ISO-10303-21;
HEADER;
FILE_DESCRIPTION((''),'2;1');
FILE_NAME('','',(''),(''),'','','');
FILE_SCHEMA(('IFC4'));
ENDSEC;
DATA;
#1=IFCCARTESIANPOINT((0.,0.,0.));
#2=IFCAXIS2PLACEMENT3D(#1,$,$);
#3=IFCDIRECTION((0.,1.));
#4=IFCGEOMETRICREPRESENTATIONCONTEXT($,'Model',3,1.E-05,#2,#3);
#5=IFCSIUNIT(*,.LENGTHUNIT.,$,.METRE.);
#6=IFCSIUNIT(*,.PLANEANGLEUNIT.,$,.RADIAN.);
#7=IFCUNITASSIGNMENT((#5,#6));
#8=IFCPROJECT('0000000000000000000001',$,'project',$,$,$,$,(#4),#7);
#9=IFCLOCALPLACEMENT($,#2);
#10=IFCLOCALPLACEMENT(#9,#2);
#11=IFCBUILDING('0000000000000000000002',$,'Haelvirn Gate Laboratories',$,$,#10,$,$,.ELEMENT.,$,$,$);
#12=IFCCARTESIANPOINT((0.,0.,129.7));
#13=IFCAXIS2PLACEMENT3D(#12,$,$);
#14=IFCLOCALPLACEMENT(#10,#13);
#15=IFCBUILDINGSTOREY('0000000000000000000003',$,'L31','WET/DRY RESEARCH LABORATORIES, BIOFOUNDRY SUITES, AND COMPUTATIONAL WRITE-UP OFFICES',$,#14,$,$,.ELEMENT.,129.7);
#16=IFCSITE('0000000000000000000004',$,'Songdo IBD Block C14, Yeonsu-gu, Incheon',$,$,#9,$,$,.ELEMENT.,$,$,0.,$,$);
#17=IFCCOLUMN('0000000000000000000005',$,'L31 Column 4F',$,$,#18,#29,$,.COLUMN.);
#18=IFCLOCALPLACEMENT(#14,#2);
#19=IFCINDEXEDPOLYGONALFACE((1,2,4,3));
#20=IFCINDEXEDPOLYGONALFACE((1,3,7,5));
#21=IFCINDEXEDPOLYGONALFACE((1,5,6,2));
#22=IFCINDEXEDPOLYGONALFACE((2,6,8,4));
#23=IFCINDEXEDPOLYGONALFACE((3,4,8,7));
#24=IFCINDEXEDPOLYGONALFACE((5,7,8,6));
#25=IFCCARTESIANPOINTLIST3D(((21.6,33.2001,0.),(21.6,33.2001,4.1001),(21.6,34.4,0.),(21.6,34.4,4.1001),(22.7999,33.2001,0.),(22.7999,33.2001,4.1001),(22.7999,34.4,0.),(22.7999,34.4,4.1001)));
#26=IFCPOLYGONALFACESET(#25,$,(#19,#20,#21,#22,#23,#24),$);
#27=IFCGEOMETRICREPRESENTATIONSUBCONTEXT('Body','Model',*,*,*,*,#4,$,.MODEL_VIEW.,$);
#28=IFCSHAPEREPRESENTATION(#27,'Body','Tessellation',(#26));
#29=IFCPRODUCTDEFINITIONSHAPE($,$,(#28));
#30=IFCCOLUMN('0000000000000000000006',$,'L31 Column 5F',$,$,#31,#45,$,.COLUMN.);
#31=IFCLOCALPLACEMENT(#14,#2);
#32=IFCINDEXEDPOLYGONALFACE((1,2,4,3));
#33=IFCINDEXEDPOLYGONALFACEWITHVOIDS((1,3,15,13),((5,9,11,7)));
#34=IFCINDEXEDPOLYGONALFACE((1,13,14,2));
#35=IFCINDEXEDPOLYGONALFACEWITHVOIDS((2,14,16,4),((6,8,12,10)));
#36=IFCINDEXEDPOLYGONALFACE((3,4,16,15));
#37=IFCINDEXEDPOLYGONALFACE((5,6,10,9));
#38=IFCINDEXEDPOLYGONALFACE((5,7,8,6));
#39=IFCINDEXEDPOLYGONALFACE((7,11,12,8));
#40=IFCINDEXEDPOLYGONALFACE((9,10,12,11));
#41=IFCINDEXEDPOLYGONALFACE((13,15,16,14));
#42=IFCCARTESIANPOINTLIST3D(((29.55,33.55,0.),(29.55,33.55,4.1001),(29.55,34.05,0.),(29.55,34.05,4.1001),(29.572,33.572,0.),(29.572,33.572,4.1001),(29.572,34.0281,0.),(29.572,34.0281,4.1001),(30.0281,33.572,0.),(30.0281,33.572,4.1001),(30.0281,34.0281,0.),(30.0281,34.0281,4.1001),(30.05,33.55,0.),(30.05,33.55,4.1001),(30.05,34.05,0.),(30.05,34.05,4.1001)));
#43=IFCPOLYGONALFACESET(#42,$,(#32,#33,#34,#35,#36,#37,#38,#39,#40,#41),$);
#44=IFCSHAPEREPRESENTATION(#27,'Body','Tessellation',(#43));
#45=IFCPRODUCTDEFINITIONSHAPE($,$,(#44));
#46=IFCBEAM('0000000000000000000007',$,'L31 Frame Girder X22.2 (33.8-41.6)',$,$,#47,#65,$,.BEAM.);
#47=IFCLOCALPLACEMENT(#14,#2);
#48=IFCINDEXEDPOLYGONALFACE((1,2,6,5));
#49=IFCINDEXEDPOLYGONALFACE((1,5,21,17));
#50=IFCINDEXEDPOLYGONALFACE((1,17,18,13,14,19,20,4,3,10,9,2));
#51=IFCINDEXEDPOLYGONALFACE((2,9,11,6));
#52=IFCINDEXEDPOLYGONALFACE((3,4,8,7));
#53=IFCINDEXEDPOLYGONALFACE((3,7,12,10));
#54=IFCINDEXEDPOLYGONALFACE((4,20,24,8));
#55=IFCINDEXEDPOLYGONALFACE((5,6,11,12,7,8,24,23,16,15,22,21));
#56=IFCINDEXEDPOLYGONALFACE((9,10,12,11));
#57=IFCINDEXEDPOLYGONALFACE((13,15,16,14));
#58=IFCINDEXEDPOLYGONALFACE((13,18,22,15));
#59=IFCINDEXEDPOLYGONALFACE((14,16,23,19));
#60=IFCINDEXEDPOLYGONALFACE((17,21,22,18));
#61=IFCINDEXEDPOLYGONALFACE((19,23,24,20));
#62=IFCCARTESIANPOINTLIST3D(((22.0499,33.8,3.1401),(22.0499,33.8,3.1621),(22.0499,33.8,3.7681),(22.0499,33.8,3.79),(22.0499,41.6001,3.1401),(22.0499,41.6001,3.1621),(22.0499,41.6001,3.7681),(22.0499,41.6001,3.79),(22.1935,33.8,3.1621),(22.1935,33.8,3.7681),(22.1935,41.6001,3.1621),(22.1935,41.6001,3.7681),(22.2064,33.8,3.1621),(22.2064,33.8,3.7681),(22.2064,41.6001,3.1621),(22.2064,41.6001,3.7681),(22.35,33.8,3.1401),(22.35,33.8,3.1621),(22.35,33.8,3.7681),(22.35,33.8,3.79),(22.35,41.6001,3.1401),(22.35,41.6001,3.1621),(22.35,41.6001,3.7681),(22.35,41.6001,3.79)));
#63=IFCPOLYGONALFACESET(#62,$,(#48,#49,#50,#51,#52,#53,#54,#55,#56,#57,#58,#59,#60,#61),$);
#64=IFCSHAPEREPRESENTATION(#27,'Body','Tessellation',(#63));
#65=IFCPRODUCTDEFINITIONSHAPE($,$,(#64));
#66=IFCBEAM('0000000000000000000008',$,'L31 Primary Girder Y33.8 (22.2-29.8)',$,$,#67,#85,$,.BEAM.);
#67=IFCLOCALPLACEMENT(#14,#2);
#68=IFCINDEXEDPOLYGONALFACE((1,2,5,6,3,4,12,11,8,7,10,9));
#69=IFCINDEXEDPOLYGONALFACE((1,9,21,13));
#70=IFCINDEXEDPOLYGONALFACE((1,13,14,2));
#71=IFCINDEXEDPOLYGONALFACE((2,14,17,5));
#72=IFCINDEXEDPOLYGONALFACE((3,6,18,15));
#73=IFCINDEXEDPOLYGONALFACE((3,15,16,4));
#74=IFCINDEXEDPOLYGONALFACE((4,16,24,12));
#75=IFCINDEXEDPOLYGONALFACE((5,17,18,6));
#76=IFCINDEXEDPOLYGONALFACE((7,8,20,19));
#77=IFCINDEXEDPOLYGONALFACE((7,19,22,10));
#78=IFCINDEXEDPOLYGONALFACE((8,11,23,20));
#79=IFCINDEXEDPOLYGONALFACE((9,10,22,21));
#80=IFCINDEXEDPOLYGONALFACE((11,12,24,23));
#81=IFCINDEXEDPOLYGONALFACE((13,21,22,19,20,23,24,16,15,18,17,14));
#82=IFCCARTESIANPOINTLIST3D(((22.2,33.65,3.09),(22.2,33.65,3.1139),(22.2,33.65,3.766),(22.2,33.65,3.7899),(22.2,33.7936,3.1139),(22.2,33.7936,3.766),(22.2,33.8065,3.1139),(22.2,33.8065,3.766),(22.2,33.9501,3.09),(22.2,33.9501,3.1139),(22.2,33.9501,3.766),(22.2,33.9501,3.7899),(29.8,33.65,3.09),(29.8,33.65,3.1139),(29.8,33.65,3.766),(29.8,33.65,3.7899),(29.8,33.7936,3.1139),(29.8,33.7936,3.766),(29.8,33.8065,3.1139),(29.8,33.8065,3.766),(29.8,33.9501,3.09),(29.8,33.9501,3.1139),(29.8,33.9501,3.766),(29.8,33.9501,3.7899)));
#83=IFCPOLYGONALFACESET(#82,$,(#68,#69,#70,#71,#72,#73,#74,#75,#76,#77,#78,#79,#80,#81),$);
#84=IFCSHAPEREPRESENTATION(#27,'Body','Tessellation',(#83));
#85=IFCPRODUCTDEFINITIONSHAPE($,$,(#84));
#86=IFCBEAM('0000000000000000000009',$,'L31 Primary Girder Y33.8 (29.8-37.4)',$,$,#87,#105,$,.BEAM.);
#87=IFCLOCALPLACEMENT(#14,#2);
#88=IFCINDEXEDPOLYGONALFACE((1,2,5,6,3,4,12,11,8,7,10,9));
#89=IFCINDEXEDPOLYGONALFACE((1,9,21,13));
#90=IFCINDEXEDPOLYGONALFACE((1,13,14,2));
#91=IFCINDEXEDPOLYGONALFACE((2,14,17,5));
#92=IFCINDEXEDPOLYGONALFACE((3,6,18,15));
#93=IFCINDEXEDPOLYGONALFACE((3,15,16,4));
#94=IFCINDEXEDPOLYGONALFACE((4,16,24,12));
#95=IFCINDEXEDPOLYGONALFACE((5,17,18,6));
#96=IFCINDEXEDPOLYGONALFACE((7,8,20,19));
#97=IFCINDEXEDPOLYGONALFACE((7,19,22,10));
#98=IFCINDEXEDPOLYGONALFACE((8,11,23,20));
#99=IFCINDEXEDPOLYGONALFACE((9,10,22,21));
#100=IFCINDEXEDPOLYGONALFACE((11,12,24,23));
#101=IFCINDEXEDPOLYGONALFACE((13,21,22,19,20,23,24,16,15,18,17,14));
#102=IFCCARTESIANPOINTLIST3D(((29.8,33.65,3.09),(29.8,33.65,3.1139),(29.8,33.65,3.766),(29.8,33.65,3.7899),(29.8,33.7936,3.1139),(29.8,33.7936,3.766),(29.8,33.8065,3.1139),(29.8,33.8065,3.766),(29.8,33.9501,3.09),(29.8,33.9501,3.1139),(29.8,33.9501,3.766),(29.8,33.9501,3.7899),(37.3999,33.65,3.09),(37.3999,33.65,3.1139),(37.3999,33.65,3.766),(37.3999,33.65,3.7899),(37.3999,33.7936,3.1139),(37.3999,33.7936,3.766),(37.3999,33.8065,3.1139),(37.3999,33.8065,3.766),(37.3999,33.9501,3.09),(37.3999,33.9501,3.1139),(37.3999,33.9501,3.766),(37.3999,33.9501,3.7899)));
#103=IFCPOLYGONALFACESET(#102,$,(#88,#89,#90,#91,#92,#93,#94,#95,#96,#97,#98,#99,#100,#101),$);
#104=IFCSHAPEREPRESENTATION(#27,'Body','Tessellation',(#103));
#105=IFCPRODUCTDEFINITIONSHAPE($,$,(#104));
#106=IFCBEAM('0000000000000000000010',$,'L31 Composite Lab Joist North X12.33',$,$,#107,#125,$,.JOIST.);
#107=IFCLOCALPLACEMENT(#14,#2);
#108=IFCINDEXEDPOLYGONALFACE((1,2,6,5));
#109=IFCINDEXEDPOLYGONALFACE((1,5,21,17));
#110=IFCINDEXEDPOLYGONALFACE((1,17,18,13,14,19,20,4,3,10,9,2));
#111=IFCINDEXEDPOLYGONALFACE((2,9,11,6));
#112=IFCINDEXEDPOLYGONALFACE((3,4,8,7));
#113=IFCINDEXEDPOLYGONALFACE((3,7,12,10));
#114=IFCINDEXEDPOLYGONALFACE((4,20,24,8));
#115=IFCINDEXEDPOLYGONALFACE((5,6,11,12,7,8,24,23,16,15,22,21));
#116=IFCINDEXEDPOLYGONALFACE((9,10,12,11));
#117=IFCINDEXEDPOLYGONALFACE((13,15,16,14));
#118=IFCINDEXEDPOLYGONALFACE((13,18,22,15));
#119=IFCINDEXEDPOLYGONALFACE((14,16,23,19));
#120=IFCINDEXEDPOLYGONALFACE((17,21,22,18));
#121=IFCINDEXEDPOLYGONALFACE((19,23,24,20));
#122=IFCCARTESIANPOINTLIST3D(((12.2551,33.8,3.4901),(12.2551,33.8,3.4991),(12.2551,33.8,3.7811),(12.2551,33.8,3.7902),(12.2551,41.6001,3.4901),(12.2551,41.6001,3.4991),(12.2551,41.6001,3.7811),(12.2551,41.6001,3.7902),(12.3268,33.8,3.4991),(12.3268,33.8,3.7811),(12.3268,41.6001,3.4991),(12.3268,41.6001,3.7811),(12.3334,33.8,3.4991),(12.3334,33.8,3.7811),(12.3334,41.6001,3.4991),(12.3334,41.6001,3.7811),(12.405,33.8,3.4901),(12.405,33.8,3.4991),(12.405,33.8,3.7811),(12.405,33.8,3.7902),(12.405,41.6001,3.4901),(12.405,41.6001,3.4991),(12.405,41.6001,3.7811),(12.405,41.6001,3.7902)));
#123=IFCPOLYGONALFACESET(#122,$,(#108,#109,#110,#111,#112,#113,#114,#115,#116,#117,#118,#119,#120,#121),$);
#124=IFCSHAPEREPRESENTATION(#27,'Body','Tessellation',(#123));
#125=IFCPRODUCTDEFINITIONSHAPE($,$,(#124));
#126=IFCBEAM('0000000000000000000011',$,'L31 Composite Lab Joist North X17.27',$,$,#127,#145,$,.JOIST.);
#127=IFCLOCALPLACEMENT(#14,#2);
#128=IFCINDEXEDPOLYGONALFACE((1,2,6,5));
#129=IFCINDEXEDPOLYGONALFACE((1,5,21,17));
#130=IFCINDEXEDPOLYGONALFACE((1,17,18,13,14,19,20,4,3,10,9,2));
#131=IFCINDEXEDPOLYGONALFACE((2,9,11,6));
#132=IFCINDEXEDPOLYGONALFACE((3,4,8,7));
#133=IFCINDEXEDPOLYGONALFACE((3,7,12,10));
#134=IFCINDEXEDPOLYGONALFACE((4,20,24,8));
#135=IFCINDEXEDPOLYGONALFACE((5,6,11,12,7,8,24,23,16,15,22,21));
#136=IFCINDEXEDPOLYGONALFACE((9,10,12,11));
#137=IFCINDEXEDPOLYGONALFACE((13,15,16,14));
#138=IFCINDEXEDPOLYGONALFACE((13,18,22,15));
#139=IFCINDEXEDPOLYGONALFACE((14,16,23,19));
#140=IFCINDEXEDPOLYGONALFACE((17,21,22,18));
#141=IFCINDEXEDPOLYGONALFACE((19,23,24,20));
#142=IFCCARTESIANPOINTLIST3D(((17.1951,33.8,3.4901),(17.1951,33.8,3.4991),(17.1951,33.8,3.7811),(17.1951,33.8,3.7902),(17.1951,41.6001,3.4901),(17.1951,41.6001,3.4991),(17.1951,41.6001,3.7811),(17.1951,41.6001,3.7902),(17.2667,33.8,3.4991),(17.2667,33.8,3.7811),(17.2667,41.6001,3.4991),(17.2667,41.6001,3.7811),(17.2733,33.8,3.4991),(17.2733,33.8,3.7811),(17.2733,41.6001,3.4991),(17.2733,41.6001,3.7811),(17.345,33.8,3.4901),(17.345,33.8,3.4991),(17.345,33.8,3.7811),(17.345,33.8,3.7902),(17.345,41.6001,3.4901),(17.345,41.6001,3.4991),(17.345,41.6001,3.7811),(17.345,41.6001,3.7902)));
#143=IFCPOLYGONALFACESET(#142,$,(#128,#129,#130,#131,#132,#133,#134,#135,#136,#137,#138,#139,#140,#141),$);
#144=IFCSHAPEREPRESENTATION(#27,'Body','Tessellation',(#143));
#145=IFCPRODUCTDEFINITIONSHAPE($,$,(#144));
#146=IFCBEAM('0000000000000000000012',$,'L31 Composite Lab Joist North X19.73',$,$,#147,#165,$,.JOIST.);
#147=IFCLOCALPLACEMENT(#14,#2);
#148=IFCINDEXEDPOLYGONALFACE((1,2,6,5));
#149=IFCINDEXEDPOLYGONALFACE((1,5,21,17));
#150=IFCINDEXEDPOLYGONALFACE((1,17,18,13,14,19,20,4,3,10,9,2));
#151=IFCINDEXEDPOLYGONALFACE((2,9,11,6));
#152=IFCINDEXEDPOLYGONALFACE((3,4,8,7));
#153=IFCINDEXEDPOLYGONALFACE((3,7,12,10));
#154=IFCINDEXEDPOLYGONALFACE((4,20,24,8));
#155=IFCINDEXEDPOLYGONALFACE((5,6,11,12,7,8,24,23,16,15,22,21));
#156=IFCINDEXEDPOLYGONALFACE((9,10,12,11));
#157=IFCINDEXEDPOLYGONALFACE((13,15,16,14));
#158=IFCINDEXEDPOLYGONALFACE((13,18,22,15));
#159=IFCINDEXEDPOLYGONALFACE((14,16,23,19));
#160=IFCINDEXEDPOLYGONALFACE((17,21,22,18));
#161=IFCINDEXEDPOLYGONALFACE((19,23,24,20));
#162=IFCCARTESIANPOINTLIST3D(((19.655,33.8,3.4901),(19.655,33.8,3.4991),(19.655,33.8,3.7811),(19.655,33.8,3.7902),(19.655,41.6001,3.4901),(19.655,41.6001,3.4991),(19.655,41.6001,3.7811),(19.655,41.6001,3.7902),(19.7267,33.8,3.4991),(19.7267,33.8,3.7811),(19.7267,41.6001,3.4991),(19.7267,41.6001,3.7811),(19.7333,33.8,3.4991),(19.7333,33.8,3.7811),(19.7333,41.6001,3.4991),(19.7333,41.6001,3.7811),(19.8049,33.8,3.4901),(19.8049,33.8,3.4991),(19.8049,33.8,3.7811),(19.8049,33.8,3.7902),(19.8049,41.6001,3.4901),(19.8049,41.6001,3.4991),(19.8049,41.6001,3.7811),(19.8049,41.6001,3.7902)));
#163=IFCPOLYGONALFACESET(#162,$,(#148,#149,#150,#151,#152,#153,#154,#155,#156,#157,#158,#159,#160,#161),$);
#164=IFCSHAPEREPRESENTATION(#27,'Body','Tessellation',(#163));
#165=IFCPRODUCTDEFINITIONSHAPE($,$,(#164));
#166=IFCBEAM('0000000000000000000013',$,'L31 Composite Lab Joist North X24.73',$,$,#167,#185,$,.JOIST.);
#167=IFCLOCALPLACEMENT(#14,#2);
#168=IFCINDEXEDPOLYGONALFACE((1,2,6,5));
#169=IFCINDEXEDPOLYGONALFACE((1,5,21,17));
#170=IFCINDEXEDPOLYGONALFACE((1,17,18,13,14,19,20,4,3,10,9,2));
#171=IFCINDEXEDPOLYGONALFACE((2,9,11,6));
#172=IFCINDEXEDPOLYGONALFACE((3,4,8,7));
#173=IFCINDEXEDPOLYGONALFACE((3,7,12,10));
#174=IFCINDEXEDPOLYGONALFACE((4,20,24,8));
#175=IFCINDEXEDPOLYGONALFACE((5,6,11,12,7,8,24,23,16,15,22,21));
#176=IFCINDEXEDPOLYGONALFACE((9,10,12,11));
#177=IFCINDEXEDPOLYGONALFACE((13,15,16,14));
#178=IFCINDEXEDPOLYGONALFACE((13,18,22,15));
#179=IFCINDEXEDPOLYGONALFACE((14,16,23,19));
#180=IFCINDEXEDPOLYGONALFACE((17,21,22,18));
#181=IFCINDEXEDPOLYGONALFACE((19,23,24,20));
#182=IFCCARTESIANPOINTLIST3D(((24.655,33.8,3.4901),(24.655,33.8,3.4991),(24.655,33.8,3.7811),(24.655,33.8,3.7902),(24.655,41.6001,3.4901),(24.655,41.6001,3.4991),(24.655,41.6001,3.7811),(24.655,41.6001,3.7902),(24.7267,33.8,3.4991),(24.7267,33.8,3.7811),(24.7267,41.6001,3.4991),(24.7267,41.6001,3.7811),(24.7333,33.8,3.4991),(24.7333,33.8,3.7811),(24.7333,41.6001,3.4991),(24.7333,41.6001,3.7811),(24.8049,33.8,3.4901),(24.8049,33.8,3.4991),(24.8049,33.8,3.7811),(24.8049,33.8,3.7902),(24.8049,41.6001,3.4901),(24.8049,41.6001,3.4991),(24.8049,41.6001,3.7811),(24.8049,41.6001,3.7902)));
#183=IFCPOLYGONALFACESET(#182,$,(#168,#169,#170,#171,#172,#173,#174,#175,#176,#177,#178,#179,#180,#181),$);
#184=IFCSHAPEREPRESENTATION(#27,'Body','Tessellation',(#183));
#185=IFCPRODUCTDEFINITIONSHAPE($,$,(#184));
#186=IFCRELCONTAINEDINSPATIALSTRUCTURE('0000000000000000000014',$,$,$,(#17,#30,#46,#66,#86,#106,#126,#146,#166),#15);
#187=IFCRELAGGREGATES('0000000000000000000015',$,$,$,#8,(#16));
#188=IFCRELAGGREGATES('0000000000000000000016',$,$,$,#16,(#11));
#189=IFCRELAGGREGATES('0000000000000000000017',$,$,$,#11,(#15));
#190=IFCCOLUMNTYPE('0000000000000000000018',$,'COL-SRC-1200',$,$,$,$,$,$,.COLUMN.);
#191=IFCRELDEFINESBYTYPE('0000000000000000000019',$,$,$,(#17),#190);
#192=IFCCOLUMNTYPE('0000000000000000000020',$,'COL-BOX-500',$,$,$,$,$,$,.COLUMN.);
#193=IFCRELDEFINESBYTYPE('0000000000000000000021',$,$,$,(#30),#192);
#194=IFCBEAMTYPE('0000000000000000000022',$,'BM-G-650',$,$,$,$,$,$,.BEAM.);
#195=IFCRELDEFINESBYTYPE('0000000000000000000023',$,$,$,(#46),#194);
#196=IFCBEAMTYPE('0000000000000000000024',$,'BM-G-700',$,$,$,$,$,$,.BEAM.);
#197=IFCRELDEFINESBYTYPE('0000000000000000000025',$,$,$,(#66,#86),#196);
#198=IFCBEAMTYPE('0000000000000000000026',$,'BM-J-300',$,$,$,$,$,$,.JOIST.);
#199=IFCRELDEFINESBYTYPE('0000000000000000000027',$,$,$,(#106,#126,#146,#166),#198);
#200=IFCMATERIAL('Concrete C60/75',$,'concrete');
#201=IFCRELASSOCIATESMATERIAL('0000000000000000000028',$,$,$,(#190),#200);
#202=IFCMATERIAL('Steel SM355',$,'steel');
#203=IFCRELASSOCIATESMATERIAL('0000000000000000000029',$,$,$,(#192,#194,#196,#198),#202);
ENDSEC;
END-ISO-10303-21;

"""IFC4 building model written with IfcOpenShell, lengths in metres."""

from ifc_helpers import new_model, si_unit, direction, frame, origin, origin_2d, place, context, subcontext, project, spatial, rectangle, hollow_rectangle, i_section, extrude, source, transform, mapped, material, material_profile, profile_set, type_object, type_shapes, element, save


model = new_model("IFC4")

# Units and contexts
model_context = context("Model", 3, precision=1e-05, world=origin(), true_north=direction((0.0, 1.0)))
body_context = subcontext(model_context, "Body", "Model", "MODEL_VIEW")
ifc_project = project(units=[si_unit("LENGTHUNIT", "METRE"), si_unit("PLANEANGLEUNIT", "RADIAN")], contexts=[model_context])

# Site, building, storey
site_placement = place(None, origin())
site = spatial("IfcSite", under=ifc_project, at=site_placement, Name="Songdo IBD Block C14, Yeonsu-gu, Incheon", CompositionType="ELEMENT", RefElevation=0.0)
building_placement = place(site_placement, origin())
building = spatial("IfcBuilding", under=site, at=building_placement, Name="Haelvirn Gate Laboratories", CompositionType="ELEMENT")
storey_placement = place(building_placement, frame((0.0, 0.0, 129.7)))
storey = spatial("IfcBuildingStorey", under=building, at=storey_placement, Name="L31", Description="WET/DRY RESEARCH LABORATORIES, BIOFOUNDRY SUITES, AND COMPUTATIONAL WRITE-UP OFFICES", CompositionType="ELEMENT", Elevation=129.7)

# Columns
ifc_material_1 = material(Name="Concrete C60/75", Category="concrete")
ifc_material_profile_1 = material_profile(ifc_material_1, rectangle(XDim=1.2, YDim=1.2, at=origin_2d()), Name="SRC-1200x1200")
ifc_profile_set_1 = profile_set([ifc_material_profile_1], Name="Concrete C60/75")
column_type_1 = type_object("IfcColumnType", Name="COL-SRC-1200", PredefinedType="COLUMN", material=ifc_profile_set_1)
shared_shape_1 = source(origin(), body_context, "Body", "SweptSolid", [
    extrude(rectangle(XDim=1.2, YDim=1.2, at=origin_2d()), origin(), (0.0, 0.0, 1.0), 4.1001),
])
type_shapes(column_type_1, [shared_shape_1])
column_1_placement = place(storey_placement, frame((22.2, 33.8, 0.0), z_axis=(0.0, 0.0, 1.0), x_axis=(1.0, 0.0, 0.0)))
element("IfcColumn", 1, at=column_1_placement, inside=storey, type_object=column_type_1, Name="L31 Column 4F", PredefinedType="COLUMN", context=body_context, shape_type="MappedRepresentation", body=[
    mapped(shared_shape_1, transform((0.0, 0.0, 0.0), scale=1.0)),
])
ifc_material_2 = material(Name="Steel SM355", Category="steel")
ifc_material_profile_2 = material_profile(ifc_material_2, hollow_rectangle(XDim=0.5, YDim=0.5, WallThickness=0.022, at=origin_2d()), Name="BOX-500x500x22")
ifc_profile_set_2 = profile_set([ifc_material_profile_2], Name="Steel SM355")
column_type_2 = type_object("IfcColumnType", Name="COL-BOX-500", PredefinedType="COLUMN", material=ifc_profile_set_2)
shared_shape_2 = source(origin(), body_context, "Body", "SweptSolid", [
    extrude(hollow_rectangle(XDim=0.5, YDim=0.5, WallThickness=0.022, at=origin_2d()), origin(), (0.0, 0.0, 1.0), 4.1001),
])
type_shapes(column_type_2, [shared_shape_2])
column_2_placement = place(storey_placement, frame((29.8, 33.8, 0.0), z_axis=(0.0, 0.0, 1.0), x_axis=(1.0, 0.0, 0.0)))
element("IfcColumn", 2, at=column_2_placement, inside=storey, type_object=column_type_2, Name="L31 Column 5F", PredefinedType="COLUMN", context=body_context, shape_type="MappedRepresentation", body=[
    mapped(shared_shape_2, transform((0.0, 0.0, 0.0), scale=1.0)),
])

# Beams
ifc_material_profile_3 = material_profile(ifc_material_2, i_section(OverallWidth=0.3, OverallDepth=0.6499, WebThickness=0.0129, FlangeThickness=0.022, at=origin_2d()), Name="H-650x300x13x22")
ifc_profile_set_3 = profile_set([ifc_material_profile_3], Name="Steel SM355")
beam_type_1 = type_object("IfcBeamType", Name="BM-G-650", PredefinedType="BEAM", material=ifc_profile_set_3)
shared_shape_3 = source(origin(), body_context, "Body", "SweptSolid", [
    extrude(i_section(OverallWidth=0.3, OverallDepth=0.6499, WebThickness=0.0129, FlangeThickness=0.022, at=origin_2d()), origin(), (0.0, 0.0, 1.0), 7.8),
])
type_shapes(beam_type_1, [shared_shape_3])
beam_1_placement = place(storey_placement, frame((22.2, 33.8, 3.4651), z_axis=(0.0, 1.0, 0.0), x_axis=(-1.0, 0.0, 0.0)))
element("IfcBeam", 3, at=beam_1_placement, inside=storey, type_object=beam_type_1, Name="L31 Frame Girder X22.2 (33.8-41.6)", PredefinedType="BEAM", context=body_context, shape_type="MappedRepresentation", body=[
    mapped(shared_shape_3, transform((0.0, 0.0, 0.0), scale=1.0)),
])
ifc_material_profile_4 = material_profile(ifc_material_2, i_section(OverallWidth=0.3, OverallDepth=0.7, WebThickness=0.0129, FlangeThickness=0.0239, at=origin_2d()), Name="H-700x300x13x24")
ifc_profile_set_4 = profile_set([ifc_material_profile_4], Name="Steel SM355")
beam_type_2 = type_object("IfcBeamType", Name="BM-G-700", PredefinedType="BEAM", material=ifc_profile_set_4)
shared_shape_4 = source(origin(), body_context, "Body", "SweptSolid", [
    extrude(i_section(OverallWidth=0.3, OverallDepth=0.7, WebThickness=0.0129, FlangeThickness=0.0239, at=origin_2d()), origin(), (0.0, 0.0, 1.0), 7.6001),
])
beam_2_placement = place(storey_placement, frame((22.2, 33.8, 3.4399), z_axis=(1.0, 0.0, 0.0), x_axis=(0.0, 1.0, 0.0)))
element("IfcBeam", 4, at=beam_2_placement, inside=storey, type_object=beam_type_2, Name="L31 Primary Girder Y33.8 (22.2-29.8)", PredefinedType="BEAM", context=body_context, shape_type="MappedRepresentation", body=[
    mapped(shared_shape_4, transform((0.0, 0.0, 0.0), scale=1.0)),
])
shared_shape_5 = source(origin(), body_context, "Body", "SweptSolid", [
    extrude(i_section(OverallWidth=0.3, OverallDepth=0.7, WebThickness=0.0129, FlangeThickness=0.0239, at=origin_2d()), origin(), (0.0, 0.0, 1.0), 7.5999),
])
type_shapes(beam_type_2, [shared_shape_4, shared_shape_5])
beam_3_placement = place(storey_placement, frame((29.8, 33.8, 3.4399), z_axis=(1.0, 0.0, 0.0), x_axis=(0.0, 1.0, 0.0)))
element("IfcBeam", 5, at=beam_3_placement, inside=storey, type_object=beam_type_2, Name="L31 Primary Girder Y33.8 (29.8-37.4)", PredefinedType="BEAM", context=body_context, shape_type="MappedRepresentation", body=[
    mapped(shared_shape_5, transform((0.0, 0.0, 0.0), scale=1.0)),
])
ifc_material_profile_5 = material_profile(ifc_material_2, i_section(OverallWidth=0.1499, OverallDepth=0.3, WebThickness=0.0066, FlangeThickness=0.009, at=origin_2d()), Name="H-300x150x6.5x9")
ifc_profile_set_5 = profile_set([ifc_material_profile_5], Name="Steel SM355")
beam_type_3 = type_object("IfcBeamType", Name="BM-J-300", PredefinedType="JOIST", material=ifc_profile_set_5)
shared_shape_6 = source(origin(), body_context, "Body", "SweptSolid", [
    extrude(i_section(OverallWidth=0.1499, OverallDepth=0.3, WebThickness=0.0066, FlangeThickness=0.009, at=origin_2d()), origin(), (0.0, 0.0, 1.0), 7.8),
])
type_shapes(beam_type_3, [shared_shape_6])
for number, where, z_axis, x_axis, name in (
    (6, (12.3301, 33.8, 3.6401), (0.0, 1.0, 0.0), (-1.0, 0.0, 0.0), "L31 Composite Lab Joist North X12.33"),
    (7, (17.27, 33.8, 3.6401), (0.0, 1.0, 0.0), (-1.0, 0.0, 0.0), "L31 Composite Lab Joist North X17.27"),
    (8, (19.73, 33.8, 3.6401), (0.0, 1.0, 0.0), (-1.0, 0.0, 0.0), "L31 Composite Lab Joist North X19.73"),
    (9, (24.73, 33.8, 3.6401), (0.0, 1.0, 0.0), (-1.0, 0.0, 0.0), "L31 Composite Lab Joist North X24.73"),
):
    element("IfcBeam", number, at=place(storey_placement, frame(where, z_axis=z_axis, x_axis=x_axis)), inside=storey, type_object=beam_type_3, Name=name, PredefinedType="JOIST", context=body_context, shape_type="MappedRepresentation", body=[
        mapped(shared_shape_6, transform((0.0, 0.0, 0.0), scale=1.0)),
    ])

save(model, "model.ifc")
